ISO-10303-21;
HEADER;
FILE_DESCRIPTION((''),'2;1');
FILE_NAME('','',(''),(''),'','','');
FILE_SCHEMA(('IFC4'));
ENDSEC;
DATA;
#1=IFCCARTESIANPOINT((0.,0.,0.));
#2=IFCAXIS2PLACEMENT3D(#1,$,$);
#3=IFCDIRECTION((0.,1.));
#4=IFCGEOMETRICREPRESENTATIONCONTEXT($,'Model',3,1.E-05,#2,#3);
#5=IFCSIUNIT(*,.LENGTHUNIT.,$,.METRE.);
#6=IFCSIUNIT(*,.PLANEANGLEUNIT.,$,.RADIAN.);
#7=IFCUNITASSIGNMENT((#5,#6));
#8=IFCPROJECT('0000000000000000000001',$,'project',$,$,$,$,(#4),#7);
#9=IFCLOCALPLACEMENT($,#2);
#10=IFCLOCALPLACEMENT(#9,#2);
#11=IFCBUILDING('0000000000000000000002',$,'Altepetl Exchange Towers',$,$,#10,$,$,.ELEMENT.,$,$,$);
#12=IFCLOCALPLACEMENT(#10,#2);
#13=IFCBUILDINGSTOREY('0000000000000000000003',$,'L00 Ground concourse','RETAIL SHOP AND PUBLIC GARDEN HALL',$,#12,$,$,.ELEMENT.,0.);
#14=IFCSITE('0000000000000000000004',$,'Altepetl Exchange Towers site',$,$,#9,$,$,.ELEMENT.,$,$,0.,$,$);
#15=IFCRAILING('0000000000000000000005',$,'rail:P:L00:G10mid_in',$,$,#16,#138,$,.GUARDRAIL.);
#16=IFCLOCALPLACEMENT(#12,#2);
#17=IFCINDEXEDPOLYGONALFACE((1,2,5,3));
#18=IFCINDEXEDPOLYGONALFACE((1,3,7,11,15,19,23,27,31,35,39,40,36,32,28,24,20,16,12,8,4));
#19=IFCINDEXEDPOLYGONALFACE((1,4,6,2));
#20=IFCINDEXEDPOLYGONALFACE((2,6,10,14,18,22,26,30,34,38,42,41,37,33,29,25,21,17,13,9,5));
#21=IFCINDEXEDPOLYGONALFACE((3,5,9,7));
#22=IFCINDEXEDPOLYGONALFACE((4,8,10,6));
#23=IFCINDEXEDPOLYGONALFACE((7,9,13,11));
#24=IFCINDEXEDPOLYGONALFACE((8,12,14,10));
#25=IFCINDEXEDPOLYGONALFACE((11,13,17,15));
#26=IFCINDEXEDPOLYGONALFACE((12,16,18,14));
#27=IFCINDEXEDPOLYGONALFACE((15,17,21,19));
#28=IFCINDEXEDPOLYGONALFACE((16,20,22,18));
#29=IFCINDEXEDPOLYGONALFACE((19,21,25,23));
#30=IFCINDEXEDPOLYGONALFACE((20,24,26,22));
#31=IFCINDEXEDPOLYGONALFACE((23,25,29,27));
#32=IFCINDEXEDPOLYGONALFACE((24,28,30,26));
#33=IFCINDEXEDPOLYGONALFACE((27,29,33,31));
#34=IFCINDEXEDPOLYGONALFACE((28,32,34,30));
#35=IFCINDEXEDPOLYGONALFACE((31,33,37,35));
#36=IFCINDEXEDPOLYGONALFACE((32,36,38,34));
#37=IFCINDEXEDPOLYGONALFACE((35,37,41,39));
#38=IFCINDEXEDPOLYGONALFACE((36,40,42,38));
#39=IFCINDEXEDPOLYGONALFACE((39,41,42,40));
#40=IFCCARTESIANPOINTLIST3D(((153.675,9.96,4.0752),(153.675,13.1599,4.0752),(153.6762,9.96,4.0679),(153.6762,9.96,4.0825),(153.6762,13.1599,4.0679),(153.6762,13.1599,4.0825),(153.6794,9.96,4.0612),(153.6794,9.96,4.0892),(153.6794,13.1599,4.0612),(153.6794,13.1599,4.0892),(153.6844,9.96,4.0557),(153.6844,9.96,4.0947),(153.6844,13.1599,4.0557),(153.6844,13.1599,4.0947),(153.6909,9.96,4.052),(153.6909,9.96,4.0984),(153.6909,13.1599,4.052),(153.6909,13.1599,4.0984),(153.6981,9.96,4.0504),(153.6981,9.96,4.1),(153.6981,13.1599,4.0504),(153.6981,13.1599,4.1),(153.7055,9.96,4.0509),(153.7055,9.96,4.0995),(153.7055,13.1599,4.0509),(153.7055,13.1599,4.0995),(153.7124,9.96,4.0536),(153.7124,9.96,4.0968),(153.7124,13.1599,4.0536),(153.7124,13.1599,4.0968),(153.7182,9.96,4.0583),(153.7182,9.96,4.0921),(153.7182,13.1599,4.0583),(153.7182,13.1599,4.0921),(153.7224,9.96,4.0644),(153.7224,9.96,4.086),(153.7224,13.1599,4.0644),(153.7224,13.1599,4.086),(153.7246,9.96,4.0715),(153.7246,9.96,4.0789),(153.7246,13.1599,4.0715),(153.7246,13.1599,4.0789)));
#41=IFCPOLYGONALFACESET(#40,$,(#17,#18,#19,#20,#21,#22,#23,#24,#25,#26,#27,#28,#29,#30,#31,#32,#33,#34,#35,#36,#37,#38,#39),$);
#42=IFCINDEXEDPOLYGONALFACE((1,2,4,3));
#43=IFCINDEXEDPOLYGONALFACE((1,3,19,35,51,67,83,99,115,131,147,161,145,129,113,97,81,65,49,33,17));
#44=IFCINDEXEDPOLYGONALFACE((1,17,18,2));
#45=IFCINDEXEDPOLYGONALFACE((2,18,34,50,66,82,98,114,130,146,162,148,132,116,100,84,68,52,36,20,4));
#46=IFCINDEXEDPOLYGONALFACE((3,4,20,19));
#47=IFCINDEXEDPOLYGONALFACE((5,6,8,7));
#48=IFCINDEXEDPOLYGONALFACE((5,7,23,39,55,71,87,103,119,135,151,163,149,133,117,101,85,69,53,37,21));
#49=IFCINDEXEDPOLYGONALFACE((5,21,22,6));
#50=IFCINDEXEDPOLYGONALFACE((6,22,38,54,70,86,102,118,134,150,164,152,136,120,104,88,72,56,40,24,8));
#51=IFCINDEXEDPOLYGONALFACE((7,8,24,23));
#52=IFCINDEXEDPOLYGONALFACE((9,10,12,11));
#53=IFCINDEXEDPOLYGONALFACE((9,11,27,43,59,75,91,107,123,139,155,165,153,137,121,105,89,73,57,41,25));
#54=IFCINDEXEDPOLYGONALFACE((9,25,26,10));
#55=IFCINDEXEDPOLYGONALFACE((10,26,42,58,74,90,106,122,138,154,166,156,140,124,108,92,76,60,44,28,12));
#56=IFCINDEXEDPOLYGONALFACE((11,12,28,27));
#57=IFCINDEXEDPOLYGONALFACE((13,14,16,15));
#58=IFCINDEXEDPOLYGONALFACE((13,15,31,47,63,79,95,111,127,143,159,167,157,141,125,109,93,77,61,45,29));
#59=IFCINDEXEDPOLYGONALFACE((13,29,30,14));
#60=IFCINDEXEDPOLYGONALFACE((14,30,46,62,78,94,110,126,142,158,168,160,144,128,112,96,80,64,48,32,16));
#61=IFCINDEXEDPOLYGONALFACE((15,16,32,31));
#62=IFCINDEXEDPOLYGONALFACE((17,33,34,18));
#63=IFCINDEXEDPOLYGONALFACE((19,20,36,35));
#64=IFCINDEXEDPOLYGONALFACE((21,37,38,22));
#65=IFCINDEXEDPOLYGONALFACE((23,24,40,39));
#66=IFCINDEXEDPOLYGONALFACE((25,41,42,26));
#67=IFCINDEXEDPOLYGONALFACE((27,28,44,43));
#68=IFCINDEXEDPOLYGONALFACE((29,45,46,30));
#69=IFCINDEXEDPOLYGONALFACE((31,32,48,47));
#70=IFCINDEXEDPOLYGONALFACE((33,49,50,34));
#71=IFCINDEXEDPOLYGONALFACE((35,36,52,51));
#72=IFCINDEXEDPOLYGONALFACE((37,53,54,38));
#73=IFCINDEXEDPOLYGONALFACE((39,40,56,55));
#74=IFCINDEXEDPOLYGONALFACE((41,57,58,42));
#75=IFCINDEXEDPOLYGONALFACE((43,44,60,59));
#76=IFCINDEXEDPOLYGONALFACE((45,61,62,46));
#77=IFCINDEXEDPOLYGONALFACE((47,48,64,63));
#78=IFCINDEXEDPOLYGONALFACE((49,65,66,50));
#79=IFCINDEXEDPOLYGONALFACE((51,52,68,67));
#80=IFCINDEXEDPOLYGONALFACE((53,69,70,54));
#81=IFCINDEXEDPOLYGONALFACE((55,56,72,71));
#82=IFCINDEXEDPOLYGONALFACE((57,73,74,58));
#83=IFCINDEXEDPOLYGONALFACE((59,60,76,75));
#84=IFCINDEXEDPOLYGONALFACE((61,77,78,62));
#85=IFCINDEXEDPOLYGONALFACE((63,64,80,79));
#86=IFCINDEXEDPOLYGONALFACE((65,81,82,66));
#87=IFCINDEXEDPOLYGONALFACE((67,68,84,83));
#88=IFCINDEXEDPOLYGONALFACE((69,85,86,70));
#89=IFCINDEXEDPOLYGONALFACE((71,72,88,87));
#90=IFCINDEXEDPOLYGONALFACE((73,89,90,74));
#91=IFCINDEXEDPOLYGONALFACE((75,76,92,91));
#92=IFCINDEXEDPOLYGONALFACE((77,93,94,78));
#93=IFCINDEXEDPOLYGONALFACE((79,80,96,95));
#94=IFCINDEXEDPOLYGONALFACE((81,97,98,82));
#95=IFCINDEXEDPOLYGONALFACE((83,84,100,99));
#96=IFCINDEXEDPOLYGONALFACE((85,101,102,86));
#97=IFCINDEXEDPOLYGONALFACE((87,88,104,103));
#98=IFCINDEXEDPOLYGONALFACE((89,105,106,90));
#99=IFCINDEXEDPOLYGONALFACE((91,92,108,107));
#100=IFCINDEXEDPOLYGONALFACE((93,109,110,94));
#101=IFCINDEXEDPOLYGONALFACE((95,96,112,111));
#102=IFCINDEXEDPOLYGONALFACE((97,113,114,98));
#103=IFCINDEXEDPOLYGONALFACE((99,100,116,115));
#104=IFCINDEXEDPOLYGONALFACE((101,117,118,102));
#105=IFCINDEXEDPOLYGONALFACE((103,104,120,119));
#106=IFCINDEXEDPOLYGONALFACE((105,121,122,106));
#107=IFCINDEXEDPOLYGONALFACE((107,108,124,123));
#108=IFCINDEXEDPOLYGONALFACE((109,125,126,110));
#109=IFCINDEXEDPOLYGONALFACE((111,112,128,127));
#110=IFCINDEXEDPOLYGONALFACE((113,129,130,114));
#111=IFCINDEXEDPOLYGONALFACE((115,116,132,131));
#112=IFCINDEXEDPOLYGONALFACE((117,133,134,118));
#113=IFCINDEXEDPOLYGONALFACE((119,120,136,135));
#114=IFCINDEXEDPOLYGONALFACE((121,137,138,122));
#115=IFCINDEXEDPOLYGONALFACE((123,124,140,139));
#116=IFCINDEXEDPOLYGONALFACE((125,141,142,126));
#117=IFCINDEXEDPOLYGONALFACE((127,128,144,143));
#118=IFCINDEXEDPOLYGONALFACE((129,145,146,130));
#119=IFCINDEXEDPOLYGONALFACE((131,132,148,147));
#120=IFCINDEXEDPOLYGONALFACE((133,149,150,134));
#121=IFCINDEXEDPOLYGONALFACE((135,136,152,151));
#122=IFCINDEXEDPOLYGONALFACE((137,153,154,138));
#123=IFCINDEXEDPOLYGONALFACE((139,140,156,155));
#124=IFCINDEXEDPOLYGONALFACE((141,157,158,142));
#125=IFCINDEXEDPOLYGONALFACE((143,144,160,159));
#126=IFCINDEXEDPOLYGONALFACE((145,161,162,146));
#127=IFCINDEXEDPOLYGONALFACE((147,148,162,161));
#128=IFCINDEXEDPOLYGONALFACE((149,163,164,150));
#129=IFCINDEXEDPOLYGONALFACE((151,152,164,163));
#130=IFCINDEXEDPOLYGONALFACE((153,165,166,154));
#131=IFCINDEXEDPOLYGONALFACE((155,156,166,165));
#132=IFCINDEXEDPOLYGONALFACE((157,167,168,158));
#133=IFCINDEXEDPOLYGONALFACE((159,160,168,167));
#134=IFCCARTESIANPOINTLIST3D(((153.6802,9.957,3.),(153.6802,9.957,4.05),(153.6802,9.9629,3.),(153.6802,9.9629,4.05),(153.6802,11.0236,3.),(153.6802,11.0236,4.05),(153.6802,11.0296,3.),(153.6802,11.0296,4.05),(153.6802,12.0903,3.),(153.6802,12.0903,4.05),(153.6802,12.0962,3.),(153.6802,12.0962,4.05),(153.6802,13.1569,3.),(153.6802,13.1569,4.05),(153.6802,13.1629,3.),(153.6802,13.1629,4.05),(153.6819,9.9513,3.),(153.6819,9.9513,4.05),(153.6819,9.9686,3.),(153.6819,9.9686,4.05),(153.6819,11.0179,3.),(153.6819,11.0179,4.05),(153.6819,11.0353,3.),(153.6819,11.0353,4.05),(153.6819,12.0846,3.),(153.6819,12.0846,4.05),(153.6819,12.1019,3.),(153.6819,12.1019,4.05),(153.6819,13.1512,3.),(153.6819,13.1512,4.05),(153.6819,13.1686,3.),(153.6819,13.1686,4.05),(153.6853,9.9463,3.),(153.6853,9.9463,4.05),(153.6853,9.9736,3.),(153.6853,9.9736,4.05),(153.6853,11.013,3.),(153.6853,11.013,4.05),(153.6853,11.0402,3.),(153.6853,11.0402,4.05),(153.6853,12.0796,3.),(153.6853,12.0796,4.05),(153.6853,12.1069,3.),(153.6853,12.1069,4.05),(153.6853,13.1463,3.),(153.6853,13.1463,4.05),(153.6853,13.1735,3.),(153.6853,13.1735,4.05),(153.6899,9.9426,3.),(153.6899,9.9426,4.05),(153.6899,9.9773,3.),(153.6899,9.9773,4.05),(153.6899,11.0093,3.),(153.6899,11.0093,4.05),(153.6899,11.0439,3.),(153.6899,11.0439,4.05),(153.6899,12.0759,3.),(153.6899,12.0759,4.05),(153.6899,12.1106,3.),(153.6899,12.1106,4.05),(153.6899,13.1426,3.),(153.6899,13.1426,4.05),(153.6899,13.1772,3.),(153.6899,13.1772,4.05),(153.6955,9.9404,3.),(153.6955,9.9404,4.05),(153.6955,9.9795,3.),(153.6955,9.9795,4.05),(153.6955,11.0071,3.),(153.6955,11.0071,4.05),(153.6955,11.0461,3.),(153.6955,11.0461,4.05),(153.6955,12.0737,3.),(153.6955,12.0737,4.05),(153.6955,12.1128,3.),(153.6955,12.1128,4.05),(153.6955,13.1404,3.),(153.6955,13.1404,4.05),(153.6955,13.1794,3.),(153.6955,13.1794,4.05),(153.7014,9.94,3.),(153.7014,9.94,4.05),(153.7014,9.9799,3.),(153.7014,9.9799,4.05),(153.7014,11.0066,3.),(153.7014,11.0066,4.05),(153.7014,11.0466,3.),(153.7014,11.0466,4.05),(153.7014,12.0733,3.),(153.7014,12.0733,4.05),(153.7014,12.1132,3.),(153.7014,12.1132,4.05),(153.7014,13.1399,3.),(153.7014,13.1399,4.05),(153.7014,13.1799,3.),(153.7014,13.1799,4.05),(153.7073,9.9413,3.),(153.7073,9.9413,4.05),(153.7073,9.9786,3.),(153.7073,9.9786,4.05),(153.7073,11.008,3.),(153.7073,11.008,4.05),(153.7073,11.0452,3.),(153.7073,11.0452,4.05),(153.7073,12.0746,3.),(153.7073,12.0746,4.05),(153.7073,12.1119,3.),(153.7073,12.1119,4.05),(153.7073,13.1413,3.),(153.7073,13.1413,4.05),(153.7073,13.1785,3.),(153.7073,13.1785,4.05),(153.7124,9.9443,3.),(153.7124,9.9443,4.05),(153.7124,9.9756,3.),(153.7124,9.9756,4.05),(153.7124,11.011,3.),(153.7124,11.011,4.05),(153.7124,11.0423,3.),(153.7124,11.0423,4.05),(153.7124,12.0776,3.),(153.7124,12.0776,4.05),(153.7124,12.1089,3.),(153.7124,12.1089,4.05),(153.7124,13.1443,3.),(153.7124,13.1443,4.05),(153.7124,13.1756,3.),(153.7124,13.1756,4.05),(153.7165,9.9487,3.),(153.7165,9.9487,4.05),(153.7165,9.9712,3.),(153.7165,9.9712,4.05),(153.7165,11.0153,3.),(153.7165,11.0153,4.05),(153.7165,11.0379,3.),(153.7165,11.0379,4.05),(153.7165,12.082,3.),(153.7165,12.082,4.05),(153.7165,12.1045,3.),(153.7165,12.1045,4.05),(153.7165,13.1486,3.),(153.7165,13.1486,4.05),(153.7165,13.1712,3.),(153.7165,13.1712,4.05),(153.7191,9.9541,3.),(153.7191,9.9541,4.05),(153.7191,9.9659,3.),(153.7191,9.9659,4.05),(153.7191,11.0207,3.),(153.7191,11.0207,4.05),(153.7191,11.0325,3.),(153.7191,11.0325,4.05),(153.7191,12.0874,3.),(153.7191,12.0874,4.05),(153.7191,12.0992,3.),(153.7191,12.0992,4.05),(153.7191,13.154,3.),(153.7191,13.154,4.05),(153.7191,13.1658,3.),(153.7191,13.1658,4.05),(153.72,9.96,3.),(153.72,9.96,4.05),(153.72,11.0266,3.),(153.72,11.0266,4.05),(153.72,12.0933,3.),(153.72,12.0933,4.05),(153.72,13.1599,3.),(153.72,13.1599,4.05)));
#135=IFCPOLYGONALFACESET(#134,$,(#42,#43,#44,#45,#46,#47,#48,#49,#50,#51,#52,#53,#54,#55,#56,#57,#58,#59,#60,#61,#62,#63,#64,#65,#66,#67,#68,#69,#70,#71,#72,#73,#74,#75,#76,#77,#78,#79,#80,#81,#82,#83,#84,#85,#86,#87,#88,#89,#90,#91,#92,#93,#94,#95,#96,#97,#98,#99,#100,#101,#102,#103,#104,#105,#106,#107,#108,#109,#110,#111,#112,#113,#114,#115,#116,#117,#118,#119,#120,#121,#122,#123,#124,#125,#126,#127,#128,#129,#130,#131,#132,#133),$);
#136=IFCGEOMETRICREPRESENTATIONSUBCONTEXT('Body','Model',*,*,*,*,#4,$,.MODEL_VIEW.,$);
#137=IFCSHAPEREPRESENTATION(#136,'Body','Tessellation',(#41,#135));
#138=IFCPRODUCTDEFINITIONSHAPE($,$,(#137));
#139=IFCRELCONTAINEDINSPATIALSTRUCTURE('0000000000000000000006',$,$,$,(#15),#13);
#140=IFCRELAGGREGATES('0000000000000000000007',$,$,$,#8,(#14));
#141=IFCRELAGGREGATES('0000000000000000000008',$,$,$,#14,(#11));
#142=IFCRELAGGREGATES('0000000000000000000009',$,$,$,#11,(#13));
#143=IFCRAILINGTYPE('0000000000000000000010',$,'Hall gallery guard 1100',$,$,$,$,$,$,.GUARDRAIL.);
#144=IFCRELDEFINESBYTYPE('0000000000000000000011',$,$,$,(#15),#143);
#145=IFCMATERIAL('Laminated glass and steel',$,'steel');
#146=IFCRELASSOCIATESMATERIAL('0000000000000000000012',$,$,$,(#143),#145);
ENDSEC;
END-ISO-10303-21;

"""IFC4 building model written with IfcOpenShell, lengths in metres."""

from ifc_helpers import new_model, si_unit, direction, frame, origin, origin_2d, place, context, subcontext, project, spatial, circle, extrude, source, transform, mapped, material, type_object, element, save


model = new_model("IFC4")

# Units and contexts
model_context = context("Model", 3, precision=1e-05, world=origin(), true_north=direction((0.0, 1.0)))
body_context = subcontext(model_context, "Body", "Model", "MODEL_VIEW")
ifc_project = project(units=[si_unit("LENGTHUNIT", "METRE"), si_unit("PLANEANGLEUNIT", "RADIAN")], contexts=[model_context])

# Site, building, storey
site_placement = place(None, origin())
site = spatial("IfcSite", under=ifc_project, at=site_placement, Name="Altepetl Exchange Towers site", CompositionType="ELEMENT", RefElevation=0.0)
building_placement = place(site_placement, origin())
building = spatial("IfcBuilding", under=site, at=building_placement, Name="Altepetl Exchange Towers", CompositionType="ELEMENT")
storey_placement = place(building_placement, origin())
storey = spatial("IfcBuildingStorey", under=building, at=storey_placement, Name="L00 Ground concourse", Description="RETAIL SHOP AND PUBLIC GARDEN HALL", CompositionType="ELEMENT", Elevation=0.0)

# Railing
ifc_material_1 = material(Name="Laminated glass and steel", Category="steel")
railing_type_1 = type_object("IfcRailingType", Name="Hall gallery guard 1100", PredefinedType="GUARDRAIL", material=ifc_material_1)
shared_shape_1 = source(origin(), body_context, "Body", "SweptSolid", [
    extrude(circle(Radius=0.02, at=origin_2d()), origin(), (0.0, 0.0, 1.0), 1.05),
])
for number, where, name in (
    (1, (153.7, 9.96, 3.0), "rail:P:L00:G10mid_in"),
):
    element("IfcRailing", number, at=place(storey_placement, frame(where)), inside=storey, type_object=railing_type_1, Name=name, PredefinedType="GUARDRAIL", context=body_context, shape_type="SweptSolid", body=[
        extrude(circle(Radius=0.0249, at=origin_2d()), frame((0.0, 0.0, 1.0752), z_axis=(0.0, 1.0, 0.0), x_axis=(-1.0, 0.0, 0.0)), (0.0, 0.0, 1.0), 3.2),
        mapped(shared_shape_1, transform((0.0, 0.0, 0.0))),
        mapped(shared_shape_1, transform((0.0, 1.0667, 0.0))),
        mapped(shared_shape_1, transform((0.0, 2.1333, 0.0))),
        mapped(shared_shape_1, transform((0.0, 3.2, 0.0))),
    ])

save(model, "model.ifc")
